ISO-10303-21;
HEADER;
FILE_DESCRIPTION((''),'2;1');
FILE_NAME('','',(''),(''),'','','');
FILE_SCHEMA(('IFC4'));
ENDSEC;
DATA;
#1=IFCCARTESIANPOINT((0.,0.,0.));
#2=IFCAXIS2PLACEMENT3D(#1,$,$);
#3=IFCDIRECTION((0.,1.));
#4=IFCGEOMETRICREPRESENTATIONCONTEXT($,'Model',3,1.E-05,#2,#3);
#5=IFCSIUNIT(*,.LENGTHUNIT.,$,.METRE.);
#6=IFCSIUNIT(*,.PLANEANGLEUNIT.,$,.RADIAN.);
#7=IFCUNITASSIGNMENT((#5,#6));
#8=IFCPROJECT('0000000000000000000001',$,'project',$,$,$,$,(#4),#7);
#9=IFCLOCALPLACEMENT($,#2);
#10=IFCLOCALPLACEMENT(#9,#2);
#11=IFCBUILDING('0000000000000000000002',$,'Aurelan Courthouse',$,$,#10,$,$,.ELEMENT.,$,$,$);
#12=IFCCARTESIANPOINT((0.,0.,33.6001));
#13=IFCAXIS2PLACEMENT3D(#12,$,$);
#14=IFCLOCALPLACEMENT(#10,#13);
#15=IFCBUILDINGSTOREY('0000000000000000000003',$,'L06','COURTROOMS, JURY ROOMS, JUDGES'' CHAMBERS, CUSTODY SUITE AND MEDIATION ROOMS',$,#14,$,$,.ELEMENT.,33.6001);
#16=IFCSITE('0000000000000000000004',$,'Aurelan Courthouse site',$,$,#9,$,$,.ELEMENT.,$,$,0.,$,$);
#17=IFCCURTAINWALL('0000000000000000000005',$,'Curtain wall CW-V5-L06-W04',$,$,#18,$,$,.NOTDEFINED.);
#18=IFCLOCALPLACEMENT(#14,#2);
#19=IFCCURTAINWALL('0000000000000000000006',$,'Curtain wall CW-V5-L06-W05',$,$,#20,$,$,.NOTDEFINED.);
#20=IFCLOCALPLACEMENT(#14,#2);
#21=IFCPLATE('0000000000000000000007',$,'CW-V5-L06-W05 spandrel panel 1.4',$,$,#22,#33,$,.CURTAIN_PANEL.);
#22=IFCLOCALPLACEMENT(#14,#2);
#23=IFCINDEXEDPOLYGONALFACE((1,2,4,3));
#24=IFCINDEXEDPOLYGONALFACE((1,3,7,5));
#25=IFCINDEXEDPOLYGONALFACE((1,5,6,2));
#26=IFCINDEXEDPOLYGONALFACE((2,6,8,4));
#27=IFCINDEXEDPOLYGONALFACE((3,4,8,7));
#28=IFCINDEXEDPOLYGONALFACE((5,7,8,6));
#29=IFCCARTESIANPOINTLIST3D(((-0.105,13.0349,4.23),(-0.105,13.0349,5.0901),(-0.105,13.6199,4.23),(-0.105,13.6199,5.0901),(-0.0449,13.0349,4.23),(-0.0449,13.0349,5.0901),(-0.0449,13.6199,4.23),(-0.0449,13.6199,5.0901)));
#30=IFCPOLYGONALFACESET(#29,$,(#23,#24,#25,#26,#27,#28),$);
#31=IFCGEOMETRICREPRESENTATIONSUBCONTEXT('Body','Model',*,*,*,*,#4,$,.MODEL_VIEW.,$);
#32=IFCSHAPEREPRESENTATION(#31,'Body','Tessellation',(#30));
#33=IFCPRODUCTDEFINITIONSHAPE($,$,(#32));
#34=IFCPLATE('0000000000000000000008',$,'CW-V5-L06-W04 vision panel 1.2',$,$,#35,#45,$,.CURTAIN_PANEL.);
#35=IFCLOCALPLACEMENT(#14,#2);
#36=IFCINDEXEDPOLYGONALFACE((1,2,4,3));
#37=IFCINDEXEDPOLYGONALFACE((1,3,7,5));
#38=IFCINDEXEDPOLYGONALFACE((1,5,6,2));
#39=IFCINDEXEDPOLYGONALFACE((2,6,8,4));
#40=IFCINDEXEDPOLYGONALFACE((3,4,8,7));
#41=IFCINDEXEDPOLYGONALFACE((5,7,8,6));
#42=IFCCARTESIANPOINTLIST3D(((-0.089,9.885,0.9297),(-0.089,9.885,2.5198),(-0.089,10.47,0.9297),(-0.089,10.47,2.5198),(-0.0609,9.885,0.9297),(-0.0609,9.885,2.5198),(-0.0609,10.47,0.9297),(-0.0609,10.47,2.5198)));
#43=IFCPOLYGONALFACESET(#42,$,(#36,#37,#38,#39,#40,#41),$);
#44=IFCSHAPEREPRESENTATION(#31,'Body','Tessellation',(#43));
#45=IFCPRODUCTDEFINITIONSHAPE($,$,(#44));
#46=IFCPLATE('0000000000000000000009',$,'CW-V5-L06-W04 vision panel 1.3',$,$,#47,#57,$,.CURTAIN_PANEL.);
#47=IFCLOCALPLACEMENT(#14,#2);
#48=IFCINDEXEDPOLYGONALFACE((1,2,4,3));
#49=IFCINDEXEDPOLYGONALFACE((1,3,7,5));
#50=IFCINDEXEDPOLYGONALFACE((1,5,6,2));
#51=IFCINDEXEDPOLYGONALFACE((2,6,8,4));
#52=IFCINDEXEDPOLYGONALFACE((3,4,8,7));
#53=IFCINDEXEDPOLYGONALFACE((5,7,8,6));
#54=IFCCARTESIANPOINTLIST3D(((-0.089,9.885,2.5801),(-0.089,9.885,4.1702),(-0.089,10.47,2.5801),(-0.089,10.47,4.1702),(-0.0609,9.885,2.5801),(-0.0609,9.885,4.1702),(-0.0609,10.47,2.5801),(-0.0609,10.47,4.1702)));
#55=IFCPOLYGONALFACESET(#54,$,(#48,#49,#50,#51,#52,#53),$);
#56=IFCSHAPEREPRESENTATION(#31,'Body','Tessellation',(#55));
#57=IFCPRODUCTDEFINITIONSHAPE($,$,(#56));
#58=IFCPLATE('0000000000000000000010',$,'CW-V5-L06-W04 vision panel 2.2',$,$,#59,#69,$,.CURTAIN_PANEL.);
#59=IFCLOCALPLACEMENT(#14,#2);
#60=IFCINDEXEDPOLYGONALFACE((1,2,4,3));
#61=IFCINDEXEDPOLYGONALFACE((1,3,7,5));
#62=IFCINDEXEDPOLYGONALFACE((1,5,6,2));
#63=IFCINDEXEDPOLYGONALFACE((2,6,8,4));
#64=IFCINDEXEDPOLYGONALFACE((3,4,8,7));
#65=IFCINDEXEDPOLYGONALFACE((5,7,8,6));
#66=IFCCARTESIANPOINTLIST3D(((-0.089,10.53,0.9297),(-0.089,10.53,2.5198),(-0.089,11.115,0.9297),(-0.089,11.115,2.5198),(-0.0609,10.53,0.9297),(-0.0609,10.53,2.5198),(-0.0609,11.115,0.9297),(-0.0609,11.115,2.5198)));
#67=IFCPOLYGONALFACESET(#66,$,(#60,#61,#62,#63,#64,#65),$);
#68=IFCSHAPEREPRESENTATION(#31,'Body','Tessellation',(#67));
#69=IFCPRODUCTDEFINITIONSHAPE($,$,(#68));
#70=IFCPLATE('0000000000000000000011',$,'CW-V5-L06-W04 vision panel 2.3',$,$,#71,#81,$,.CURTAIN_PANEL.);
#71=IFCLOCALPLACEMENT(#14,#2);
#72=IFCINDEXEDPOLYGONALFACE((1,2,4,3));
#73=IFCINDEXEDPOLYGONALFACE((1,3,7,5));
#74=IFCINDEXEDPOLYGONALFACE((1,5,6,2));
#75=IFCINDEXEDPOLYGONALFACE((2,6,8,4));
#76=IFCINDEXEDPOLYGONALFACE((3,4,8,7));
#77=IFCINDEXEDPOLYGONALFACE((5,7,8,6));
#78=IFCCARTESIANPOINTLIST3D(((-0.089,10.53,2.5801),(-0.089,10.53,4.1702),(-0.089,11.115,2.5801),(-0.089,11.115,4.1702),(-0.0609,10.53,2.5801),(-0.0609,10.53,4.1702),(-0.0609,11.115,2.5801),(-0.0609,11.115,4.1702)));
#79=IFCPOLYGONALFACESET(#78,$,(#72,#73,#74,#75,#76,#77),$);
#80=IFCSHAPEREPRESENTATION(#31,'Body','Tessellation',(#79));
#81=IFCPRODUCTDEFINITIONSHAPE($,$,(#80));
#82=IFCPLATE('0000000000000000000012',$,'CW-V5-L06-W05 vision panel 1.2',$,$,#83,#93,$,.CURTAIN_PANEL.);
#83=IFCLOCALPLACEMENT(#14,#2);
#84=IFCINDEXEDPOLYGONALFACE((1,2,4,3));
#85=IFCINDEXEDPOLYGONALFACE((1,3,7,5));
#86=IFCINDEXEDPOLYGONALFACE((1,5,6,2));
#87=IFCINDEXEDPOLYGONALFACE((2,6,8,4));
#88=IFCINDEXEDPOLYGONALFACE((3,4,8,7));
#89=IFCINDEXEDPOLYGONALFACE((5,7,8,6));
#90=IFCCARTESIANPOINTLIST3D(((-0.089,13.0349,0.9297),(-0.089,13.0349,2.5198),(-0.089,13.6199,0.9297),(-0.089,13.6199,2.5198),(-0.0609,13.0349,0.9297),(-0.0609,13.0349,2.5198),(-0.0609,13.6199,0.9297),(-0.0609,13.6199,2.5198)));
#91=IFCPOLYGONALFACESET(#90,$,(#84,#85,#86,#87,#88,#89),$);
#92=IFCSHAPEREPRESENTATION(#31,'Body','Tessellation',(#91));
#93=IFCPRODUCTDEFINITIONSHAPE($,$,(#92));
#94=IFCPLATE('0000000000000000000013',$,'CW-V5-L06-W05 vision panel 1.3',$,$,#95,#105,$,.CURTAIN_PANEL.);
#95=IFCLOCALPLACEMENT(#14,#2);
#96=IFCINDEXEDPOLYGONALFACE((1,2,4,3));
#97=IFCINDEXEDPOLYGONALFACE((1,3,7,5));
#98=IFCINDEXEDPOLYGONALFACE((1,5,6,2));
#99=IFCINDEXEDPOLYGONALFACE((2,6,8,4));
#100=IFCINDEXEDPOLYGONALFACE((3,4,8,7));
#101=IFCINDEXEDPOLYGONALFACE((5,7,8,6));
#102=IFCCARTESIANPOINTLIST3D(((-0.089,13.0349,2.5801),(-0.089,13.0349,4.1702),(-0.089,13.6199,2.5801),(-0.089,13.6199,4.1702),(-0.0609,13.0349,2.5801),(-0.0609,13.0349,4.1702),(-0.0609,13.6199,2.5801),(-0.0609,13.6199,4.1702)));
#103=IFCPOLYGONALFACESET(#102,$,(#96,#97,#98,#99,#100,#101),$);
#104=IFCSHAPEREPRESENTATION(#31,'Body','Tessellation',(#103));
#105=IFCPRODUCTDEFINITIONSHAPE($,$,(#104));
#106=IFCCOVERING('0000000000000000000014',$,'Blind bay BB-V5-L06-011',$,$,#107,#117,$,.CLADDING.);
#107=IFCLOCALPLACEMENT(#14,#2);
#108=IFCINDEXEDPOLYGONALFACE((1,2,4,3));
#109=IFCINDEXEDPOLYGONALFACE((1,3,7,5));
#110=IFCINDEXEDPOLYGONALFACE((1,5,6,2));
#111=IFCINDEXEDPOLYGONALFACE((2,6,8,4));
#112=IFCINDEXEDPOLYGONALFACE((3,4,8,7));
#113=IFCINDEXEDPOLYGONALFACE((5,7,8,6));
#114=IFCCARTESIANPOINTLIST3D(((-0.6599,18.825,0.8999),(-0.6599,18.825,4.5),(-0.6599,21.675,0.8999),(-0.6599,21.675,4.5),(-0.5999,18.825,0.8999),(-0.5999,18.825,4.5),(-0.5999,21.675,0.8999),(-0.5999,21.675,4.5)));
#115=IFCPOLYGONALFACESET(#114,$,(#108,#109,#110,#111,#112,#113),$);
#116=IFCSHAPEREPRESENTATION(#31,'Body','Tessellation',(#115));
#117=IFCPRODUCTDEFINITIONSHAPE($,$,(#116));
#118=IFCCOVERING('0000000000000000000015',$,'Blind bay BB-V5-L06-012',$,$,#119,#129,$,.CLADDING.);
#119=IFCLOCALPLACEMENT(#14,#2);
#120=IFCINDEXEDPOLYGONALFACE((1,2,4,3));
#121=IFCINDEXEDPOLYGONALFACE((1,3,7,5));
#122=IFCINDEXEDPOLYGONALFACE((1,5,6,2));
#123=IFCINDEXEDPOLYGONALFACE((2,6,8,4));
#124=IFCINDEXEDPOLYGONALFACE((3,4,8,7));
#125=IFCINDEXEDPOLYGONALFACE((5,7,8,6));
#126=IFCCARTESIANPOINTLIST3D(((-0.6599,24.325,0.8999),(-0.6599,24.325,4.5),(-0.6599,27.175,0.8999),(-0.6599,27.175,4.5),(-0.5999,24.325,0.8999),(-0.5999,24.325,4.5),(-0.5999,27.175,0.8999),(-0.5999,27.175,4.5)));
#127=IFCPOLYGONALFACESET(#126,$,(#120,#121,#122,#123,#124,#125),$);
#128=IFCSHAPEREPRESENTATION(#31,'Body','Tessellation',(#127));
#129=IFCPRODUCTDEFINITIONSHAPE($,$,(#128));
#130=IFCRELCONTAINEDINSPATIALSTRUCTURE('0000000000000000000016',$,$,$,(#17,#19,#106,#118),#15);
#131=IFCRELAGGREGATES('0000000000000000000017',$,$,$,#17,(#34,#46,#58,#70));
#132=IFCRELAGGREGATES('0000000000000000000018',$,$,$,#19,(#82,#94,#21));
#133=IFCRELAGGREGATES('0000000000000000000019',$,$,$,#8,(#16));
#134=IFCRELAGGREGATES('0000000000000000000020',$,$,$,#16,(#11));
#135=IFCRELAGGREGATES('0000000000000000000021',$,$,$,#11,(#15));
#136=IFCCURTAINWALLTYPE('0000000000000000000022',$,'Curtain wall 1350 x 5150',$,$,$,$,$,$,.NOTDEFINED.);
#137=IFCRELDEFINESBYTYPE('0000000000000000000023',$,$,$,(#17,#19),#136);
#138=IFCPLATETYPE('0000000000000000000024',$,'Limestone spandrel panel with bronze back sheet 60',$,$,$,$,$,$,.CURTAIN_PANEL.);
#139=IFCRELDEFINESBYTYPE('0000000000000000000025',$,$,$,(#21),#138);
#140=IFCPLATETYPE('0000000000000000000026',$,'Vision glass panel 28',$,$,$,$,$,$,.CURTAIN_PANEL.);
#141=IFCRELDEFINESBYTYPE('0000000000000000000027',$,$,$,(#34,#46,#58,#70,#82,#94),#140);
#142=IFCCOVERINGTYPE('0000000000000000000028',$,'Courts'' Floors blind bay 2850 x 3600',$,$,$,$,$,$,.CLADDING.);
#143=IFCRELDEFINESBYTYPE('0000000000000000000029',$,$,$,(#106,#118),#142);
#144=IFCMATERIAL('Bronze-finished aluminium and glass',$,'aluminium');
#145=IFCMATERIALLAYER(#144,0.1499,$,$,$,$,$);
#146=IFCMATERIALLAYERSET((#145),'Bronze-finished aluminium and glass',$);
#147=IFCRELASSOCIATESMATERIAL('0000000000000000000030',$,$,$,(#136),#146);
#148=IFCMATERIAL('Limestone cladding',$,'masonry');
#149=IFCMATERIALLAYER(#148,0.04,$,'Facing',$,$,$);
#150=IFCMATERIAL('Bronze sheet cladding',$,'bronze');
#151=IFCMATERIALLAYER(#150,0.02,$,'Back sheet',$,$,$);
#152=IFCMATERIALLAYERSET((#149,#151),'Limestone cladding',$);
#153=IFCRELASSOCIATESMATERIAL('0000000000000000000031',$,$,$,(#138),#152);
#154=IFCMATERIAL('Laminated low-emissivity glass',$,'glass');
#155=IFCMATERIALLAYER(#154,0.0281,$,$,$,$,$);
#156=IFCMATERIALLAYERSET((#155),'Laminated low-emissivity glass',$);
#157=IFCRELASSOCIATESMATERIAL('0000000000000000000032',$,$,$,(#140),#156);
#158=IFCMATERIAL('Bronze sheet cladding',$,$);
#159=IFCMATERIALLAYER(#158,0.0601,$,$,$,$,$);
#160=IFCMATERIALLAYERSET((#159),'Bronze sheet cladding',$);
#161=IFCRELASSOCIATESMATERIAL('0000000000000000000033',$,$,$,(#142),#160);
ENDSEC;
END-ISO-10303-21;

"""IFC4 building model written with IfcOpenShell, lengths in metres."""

from ifc_helpers import new_model, si_unit, direction, frame, origin, origin_2d, place, context, subcontext, project, spatial, rectangle, extrude, material, layer, layer_set, type_object, element, aggregate, save


model = new_model("IFC4")

# Units and contexts
model_context = context("Model", 3, precision=1e-05, world=origin(), true_north=direction((0.0, 1.0)))
body_context = subcontext(model_context, "Body", "Model", "MODEL_VIEW")
ifc_project = project(units=[si_unit("LENGTHUNIT", "METRE"), si_unit("PLANEANGLEUNIT", "RADIAN")], contexts=[model_context])

# Site, building, storey
site_placement = place(None, origin())
site = spatial("IfcSite", under=ifc_project, at=site_placement, Name="Aurelan Courthouse site", CompositionType="ELEMENT", RefElevation=0.0)
building_placement = place(site_placement, origin())
building = spatial("IfcBuilding", under=site, at=building_placement, Name="Aurelan Courthouse", CompositionType="ELEMENT")
storey_placement = place(building_placement, frame((0.0, 0.0, 33.6001)))
storey = spatial("IfcBuildingStorey", under=building, at=storey_placement, Name="L06", Description="COURTROOMS, JURY ROOMS, JUDGES' CHAMBERS, CUSTODY SUITE AND MEDIATION ROOMS", CompositionType="ELEMENT", Elevation=33.6001)

# Curtain walls
ifc_material_1 = material(Name="Bronze-finished aluminium and glass", Category="aluminium")
ifc_layer_1 = layer(ifc_material_1, 0.1499)
ifc_layer_set_1 = layer_set([ifc_layer_1], Name="Bronze-finished aluminium and glass")
curtain_wall_type = type_object("IfcCurtainWallType", Name="Curtain wall 1350 x 5150", PredefinedType="NOTDEFINED", material=ifc_layer_set_1)
curtain_wall_1_placement = place(storey_placement, origin())
curtain_wall_1 = element("IfcCurtainWall", 1, at=curtain_wall_1_placement, inside=storey, type_object=curtain_wall_type, Name="Curtain wall CW-V5-L06-W04", PredefinedType="NOTDEFINED")
curtain_wall_2_placement = place(storey_placement, origin())
curtain_wall_2 = element("IfcCurtainWall", 2, at=curtain_wall_2_placement, inside=storey, type_object=curtain_wall_type, Name="Curtain wall CW-V5-L06-W05", PredefinedType="NOTDEFINED")

# Plates
ifc_material_2 = material(Name="Limestone cladding", Category="masonry")
ifc_layer_2 = layer(ifc_material_2, 0.04, Name="Facing")
ifc_material_3 = material(Name="Bronze sheet cladding", Category="bronze")
ifc_layer_3 = layer(ifc_material_3, 0.02, Name="Back sheet")
ifc_layer_set_2 = layer_set([ifc_layer_2, ifc_layer_3], Name="Limestone cladding")
plate_type_1 = type_object("IfcPlateType", Name="Limestone spandrel panel with bronze back sheet 60", PredefinedType="CURTAIN_PANEL", material=ifc_layer_set_2)
plate_1_placement = place(storey_placement, frame((-0.075, 13.3274, 4.23), z_axis=(0.0, 0.0, 1.0), x_axis=(0.0, 1.0, 0.0)))
plate_1 = element("IfcPlate", 3, at=plate_1_placement, type_object=plate_type_1, Name="CW-V5-L06-W05 spandrel panel 1.4", PredefinedType="CURTAIN_PANEL", context=body_context, shape_type="SweptSolid", body=[
    extrude(rectangle(XDim=0.585, YDim=0.0601, at=origin_2d()), origin(), (0.0, 0.0, 1.0), 0.8601),
])
ifc_material_4 = material(Name="Laminated low-emissivity glass", Category="glass")
ifc_layer_4 = layer(ifc_material_4, 0.0281)
ifc_layer_set_3 = layer_set([ifc_layer_4], Name="Laminated low-emissivity glass")
plate_type_2 = type_object("IfcPlateType", Name="Vision glass panel 28", PredefinedType="CURTAIN_PANEL", material=ifc_layer_set_3)
plate_2_placement = place(storey_placement, frame((-0.075, 10.1775, 0.9297), z_axis=(0.0, 0.0, 1.0), x_axis=(0.0, 1.0, 0.0)))
plate_2 = element("IfcPlate", 4, at=plate_2_placement, type_object=plate_type_2, Name="CW-V5-L06-W04 vision panel 1.2", PredefinedType="CURTAIN_PANEL", context=body_context, shape_type="SweptSolid", body=[
    extrude(rectangle(XDim=0.585, YDim=0.0281, at=origin_2d()), origin(), (0.0, 0.0, 1.0), 1.5901),
])
plate_3_placement = place(storey_placement, frame((-0.075, 10.1775, 2.5801), z_axis=(0.0, 0.0, 1.0), x_axis=(0.0, 1.0, 0.0)))
plate_3 = element("IfcPlate", 5, at=plate_3_placement, type_object=plate_type_2, Name="CW-V5-L06-W04 vision panel 1.3", PredefinedType="CURTAIN_PANEL", context=body_context, shape_type="SweptSolid", body=[
    extrude(rectangle(XDim=0.585, YDim=0.0281, at=origin_2d()), origin(), (0.0, 0.0, 1.0), 1.5901),
])
plate_4_placement = place(storey_placement, frame((-0.075, 10.8225, 0.9297), z_axis=(0.0, 0.0, 1.0), x_axis=(0.0, 1.0, 0.0)))
plate_4 = element("IfcPlate", 6, at=plate_4_placement, type_object=plate_type_2, Name="CW-V5-L06-W04 vision panel 2.2", PredefinedType="CURTAIN_PANEL", context=body_context, shape_type="SweptSolid", body=[
    extrude(rectangle(XDim=0.585, YDim=0.0281, at=origin_2d()), origin(), (0.0, 0.0, 1.0), 1.5901),
])
plate_5_placement = place(storey_placement, frame((-0.075, 10.8225, 2.5801), z_axis=(0.0, 0.0, 1.0), x_axis=(0.0, 1.0, 0.0)))
plate_5 = element("IfcPlate", 7, at=plate_5_placement, type_object=plate_type_2, Name="CW-V5-L06-W04 vision panel 2.3", PredefinedType="CURTAIN_PANEL", context=body_context, shape_type="SweptSolid", body=[
    extrude(rectangle(XDim=0.585, YDim=0.0281, at=origin_2d()), origin(), (0.0, 0.0, 1.0), 1.5901),
])
aggregate(curtain_wall_1, [plate_2, plate_3, plate_4, plate_5])
plate_6_placement = place(storey_placement, frame((-0.075, 13.3274, 0.9297), z_axis=(0.0, 0.0, 1.0), x_axis=(0.0, 1.0, 0.0)))
plate_6 = element("IfcPlate", 8, at=plate_6_placement, type_object=plate_type_2, Name="CW-V5-L06-W05 vision panel 1.2", PredefinedType="CURTAIN_PANEL", context=body_context, shape_type="SweptSolid", body=[
    extrude(rectangle(XDim=0.585, YDim=0.0281, at=origin_2d()), origin(), (0.0, 0.0, 1.0), 1.5901),
])
plate_7_placement = place(storey_placement, frame((-0.075, 13.3274, 2.5801), z_axis=(0.0, 0.0, 1.0), x_axis=(0.0, 1.0, 0.0)))
plate_7 = element("IfcPlate", 9, at=plate_7_placement, type_object=plate_type_2, Name="CW-V5-L06-W05 vision panel 1.3", PredefinedType="CURTAIN_PANEL", context=body_context, shape_type="SweptSolid", body=[
    extrude(rectangle(XDim=0.585, YDim=0.0281, at=origin_2d()), origin(), (0.0, 0.0, 1.0), 1.5901),
])
aggregate(curtain_wall_2, [plate_6, plate_7, plate_1])

# Coverings
ifc_material_5 = material(Name="Bronze sheet cladding")
ifc_layer_5 = layer(ifc_material_5, 0.0601)
ifc_layer_set_4 = layer_set([ifc_layer_5], Name="Bronze sheet cladding")
covering_type = type_object("IfcCoveringType", Name="Courts' Floors blind bay 2850 x 3600", PredefinedType="CLADDING", material=ifc_layer_set_4)
for number, where, z_axis, x_axis, name in (
    (10, (-0.6299, 20.25, 0.8999), (0.0, 0.0, 1.0), (1.0, 0.0, 0.0), "Blind bay BB-V5-L06-011"),
    (11, (-0.6299, 25.75, 0.8999), (0.0, 0.0, 1.0), (1.0, 0.0, 0.0), "Blind bay BB-V5-L06-012"),
):
    element("IfcCovering", number, at=place(storey_placement, frame(where, z_axis=z_axis, x_axis=x_axis)), inside=storey, type_object=covering_type, Name=name, PredefinedType="CLADDING", context=body_context, shape_type="SweptSolid", body=[
        extrude(rectangle(XDim=0.0601, YDim=2.8501, at=origin_2d()), origin(), (0.0, 0.0, 1.0), 3.6001),
    ])

save(model, "model.ifc")
